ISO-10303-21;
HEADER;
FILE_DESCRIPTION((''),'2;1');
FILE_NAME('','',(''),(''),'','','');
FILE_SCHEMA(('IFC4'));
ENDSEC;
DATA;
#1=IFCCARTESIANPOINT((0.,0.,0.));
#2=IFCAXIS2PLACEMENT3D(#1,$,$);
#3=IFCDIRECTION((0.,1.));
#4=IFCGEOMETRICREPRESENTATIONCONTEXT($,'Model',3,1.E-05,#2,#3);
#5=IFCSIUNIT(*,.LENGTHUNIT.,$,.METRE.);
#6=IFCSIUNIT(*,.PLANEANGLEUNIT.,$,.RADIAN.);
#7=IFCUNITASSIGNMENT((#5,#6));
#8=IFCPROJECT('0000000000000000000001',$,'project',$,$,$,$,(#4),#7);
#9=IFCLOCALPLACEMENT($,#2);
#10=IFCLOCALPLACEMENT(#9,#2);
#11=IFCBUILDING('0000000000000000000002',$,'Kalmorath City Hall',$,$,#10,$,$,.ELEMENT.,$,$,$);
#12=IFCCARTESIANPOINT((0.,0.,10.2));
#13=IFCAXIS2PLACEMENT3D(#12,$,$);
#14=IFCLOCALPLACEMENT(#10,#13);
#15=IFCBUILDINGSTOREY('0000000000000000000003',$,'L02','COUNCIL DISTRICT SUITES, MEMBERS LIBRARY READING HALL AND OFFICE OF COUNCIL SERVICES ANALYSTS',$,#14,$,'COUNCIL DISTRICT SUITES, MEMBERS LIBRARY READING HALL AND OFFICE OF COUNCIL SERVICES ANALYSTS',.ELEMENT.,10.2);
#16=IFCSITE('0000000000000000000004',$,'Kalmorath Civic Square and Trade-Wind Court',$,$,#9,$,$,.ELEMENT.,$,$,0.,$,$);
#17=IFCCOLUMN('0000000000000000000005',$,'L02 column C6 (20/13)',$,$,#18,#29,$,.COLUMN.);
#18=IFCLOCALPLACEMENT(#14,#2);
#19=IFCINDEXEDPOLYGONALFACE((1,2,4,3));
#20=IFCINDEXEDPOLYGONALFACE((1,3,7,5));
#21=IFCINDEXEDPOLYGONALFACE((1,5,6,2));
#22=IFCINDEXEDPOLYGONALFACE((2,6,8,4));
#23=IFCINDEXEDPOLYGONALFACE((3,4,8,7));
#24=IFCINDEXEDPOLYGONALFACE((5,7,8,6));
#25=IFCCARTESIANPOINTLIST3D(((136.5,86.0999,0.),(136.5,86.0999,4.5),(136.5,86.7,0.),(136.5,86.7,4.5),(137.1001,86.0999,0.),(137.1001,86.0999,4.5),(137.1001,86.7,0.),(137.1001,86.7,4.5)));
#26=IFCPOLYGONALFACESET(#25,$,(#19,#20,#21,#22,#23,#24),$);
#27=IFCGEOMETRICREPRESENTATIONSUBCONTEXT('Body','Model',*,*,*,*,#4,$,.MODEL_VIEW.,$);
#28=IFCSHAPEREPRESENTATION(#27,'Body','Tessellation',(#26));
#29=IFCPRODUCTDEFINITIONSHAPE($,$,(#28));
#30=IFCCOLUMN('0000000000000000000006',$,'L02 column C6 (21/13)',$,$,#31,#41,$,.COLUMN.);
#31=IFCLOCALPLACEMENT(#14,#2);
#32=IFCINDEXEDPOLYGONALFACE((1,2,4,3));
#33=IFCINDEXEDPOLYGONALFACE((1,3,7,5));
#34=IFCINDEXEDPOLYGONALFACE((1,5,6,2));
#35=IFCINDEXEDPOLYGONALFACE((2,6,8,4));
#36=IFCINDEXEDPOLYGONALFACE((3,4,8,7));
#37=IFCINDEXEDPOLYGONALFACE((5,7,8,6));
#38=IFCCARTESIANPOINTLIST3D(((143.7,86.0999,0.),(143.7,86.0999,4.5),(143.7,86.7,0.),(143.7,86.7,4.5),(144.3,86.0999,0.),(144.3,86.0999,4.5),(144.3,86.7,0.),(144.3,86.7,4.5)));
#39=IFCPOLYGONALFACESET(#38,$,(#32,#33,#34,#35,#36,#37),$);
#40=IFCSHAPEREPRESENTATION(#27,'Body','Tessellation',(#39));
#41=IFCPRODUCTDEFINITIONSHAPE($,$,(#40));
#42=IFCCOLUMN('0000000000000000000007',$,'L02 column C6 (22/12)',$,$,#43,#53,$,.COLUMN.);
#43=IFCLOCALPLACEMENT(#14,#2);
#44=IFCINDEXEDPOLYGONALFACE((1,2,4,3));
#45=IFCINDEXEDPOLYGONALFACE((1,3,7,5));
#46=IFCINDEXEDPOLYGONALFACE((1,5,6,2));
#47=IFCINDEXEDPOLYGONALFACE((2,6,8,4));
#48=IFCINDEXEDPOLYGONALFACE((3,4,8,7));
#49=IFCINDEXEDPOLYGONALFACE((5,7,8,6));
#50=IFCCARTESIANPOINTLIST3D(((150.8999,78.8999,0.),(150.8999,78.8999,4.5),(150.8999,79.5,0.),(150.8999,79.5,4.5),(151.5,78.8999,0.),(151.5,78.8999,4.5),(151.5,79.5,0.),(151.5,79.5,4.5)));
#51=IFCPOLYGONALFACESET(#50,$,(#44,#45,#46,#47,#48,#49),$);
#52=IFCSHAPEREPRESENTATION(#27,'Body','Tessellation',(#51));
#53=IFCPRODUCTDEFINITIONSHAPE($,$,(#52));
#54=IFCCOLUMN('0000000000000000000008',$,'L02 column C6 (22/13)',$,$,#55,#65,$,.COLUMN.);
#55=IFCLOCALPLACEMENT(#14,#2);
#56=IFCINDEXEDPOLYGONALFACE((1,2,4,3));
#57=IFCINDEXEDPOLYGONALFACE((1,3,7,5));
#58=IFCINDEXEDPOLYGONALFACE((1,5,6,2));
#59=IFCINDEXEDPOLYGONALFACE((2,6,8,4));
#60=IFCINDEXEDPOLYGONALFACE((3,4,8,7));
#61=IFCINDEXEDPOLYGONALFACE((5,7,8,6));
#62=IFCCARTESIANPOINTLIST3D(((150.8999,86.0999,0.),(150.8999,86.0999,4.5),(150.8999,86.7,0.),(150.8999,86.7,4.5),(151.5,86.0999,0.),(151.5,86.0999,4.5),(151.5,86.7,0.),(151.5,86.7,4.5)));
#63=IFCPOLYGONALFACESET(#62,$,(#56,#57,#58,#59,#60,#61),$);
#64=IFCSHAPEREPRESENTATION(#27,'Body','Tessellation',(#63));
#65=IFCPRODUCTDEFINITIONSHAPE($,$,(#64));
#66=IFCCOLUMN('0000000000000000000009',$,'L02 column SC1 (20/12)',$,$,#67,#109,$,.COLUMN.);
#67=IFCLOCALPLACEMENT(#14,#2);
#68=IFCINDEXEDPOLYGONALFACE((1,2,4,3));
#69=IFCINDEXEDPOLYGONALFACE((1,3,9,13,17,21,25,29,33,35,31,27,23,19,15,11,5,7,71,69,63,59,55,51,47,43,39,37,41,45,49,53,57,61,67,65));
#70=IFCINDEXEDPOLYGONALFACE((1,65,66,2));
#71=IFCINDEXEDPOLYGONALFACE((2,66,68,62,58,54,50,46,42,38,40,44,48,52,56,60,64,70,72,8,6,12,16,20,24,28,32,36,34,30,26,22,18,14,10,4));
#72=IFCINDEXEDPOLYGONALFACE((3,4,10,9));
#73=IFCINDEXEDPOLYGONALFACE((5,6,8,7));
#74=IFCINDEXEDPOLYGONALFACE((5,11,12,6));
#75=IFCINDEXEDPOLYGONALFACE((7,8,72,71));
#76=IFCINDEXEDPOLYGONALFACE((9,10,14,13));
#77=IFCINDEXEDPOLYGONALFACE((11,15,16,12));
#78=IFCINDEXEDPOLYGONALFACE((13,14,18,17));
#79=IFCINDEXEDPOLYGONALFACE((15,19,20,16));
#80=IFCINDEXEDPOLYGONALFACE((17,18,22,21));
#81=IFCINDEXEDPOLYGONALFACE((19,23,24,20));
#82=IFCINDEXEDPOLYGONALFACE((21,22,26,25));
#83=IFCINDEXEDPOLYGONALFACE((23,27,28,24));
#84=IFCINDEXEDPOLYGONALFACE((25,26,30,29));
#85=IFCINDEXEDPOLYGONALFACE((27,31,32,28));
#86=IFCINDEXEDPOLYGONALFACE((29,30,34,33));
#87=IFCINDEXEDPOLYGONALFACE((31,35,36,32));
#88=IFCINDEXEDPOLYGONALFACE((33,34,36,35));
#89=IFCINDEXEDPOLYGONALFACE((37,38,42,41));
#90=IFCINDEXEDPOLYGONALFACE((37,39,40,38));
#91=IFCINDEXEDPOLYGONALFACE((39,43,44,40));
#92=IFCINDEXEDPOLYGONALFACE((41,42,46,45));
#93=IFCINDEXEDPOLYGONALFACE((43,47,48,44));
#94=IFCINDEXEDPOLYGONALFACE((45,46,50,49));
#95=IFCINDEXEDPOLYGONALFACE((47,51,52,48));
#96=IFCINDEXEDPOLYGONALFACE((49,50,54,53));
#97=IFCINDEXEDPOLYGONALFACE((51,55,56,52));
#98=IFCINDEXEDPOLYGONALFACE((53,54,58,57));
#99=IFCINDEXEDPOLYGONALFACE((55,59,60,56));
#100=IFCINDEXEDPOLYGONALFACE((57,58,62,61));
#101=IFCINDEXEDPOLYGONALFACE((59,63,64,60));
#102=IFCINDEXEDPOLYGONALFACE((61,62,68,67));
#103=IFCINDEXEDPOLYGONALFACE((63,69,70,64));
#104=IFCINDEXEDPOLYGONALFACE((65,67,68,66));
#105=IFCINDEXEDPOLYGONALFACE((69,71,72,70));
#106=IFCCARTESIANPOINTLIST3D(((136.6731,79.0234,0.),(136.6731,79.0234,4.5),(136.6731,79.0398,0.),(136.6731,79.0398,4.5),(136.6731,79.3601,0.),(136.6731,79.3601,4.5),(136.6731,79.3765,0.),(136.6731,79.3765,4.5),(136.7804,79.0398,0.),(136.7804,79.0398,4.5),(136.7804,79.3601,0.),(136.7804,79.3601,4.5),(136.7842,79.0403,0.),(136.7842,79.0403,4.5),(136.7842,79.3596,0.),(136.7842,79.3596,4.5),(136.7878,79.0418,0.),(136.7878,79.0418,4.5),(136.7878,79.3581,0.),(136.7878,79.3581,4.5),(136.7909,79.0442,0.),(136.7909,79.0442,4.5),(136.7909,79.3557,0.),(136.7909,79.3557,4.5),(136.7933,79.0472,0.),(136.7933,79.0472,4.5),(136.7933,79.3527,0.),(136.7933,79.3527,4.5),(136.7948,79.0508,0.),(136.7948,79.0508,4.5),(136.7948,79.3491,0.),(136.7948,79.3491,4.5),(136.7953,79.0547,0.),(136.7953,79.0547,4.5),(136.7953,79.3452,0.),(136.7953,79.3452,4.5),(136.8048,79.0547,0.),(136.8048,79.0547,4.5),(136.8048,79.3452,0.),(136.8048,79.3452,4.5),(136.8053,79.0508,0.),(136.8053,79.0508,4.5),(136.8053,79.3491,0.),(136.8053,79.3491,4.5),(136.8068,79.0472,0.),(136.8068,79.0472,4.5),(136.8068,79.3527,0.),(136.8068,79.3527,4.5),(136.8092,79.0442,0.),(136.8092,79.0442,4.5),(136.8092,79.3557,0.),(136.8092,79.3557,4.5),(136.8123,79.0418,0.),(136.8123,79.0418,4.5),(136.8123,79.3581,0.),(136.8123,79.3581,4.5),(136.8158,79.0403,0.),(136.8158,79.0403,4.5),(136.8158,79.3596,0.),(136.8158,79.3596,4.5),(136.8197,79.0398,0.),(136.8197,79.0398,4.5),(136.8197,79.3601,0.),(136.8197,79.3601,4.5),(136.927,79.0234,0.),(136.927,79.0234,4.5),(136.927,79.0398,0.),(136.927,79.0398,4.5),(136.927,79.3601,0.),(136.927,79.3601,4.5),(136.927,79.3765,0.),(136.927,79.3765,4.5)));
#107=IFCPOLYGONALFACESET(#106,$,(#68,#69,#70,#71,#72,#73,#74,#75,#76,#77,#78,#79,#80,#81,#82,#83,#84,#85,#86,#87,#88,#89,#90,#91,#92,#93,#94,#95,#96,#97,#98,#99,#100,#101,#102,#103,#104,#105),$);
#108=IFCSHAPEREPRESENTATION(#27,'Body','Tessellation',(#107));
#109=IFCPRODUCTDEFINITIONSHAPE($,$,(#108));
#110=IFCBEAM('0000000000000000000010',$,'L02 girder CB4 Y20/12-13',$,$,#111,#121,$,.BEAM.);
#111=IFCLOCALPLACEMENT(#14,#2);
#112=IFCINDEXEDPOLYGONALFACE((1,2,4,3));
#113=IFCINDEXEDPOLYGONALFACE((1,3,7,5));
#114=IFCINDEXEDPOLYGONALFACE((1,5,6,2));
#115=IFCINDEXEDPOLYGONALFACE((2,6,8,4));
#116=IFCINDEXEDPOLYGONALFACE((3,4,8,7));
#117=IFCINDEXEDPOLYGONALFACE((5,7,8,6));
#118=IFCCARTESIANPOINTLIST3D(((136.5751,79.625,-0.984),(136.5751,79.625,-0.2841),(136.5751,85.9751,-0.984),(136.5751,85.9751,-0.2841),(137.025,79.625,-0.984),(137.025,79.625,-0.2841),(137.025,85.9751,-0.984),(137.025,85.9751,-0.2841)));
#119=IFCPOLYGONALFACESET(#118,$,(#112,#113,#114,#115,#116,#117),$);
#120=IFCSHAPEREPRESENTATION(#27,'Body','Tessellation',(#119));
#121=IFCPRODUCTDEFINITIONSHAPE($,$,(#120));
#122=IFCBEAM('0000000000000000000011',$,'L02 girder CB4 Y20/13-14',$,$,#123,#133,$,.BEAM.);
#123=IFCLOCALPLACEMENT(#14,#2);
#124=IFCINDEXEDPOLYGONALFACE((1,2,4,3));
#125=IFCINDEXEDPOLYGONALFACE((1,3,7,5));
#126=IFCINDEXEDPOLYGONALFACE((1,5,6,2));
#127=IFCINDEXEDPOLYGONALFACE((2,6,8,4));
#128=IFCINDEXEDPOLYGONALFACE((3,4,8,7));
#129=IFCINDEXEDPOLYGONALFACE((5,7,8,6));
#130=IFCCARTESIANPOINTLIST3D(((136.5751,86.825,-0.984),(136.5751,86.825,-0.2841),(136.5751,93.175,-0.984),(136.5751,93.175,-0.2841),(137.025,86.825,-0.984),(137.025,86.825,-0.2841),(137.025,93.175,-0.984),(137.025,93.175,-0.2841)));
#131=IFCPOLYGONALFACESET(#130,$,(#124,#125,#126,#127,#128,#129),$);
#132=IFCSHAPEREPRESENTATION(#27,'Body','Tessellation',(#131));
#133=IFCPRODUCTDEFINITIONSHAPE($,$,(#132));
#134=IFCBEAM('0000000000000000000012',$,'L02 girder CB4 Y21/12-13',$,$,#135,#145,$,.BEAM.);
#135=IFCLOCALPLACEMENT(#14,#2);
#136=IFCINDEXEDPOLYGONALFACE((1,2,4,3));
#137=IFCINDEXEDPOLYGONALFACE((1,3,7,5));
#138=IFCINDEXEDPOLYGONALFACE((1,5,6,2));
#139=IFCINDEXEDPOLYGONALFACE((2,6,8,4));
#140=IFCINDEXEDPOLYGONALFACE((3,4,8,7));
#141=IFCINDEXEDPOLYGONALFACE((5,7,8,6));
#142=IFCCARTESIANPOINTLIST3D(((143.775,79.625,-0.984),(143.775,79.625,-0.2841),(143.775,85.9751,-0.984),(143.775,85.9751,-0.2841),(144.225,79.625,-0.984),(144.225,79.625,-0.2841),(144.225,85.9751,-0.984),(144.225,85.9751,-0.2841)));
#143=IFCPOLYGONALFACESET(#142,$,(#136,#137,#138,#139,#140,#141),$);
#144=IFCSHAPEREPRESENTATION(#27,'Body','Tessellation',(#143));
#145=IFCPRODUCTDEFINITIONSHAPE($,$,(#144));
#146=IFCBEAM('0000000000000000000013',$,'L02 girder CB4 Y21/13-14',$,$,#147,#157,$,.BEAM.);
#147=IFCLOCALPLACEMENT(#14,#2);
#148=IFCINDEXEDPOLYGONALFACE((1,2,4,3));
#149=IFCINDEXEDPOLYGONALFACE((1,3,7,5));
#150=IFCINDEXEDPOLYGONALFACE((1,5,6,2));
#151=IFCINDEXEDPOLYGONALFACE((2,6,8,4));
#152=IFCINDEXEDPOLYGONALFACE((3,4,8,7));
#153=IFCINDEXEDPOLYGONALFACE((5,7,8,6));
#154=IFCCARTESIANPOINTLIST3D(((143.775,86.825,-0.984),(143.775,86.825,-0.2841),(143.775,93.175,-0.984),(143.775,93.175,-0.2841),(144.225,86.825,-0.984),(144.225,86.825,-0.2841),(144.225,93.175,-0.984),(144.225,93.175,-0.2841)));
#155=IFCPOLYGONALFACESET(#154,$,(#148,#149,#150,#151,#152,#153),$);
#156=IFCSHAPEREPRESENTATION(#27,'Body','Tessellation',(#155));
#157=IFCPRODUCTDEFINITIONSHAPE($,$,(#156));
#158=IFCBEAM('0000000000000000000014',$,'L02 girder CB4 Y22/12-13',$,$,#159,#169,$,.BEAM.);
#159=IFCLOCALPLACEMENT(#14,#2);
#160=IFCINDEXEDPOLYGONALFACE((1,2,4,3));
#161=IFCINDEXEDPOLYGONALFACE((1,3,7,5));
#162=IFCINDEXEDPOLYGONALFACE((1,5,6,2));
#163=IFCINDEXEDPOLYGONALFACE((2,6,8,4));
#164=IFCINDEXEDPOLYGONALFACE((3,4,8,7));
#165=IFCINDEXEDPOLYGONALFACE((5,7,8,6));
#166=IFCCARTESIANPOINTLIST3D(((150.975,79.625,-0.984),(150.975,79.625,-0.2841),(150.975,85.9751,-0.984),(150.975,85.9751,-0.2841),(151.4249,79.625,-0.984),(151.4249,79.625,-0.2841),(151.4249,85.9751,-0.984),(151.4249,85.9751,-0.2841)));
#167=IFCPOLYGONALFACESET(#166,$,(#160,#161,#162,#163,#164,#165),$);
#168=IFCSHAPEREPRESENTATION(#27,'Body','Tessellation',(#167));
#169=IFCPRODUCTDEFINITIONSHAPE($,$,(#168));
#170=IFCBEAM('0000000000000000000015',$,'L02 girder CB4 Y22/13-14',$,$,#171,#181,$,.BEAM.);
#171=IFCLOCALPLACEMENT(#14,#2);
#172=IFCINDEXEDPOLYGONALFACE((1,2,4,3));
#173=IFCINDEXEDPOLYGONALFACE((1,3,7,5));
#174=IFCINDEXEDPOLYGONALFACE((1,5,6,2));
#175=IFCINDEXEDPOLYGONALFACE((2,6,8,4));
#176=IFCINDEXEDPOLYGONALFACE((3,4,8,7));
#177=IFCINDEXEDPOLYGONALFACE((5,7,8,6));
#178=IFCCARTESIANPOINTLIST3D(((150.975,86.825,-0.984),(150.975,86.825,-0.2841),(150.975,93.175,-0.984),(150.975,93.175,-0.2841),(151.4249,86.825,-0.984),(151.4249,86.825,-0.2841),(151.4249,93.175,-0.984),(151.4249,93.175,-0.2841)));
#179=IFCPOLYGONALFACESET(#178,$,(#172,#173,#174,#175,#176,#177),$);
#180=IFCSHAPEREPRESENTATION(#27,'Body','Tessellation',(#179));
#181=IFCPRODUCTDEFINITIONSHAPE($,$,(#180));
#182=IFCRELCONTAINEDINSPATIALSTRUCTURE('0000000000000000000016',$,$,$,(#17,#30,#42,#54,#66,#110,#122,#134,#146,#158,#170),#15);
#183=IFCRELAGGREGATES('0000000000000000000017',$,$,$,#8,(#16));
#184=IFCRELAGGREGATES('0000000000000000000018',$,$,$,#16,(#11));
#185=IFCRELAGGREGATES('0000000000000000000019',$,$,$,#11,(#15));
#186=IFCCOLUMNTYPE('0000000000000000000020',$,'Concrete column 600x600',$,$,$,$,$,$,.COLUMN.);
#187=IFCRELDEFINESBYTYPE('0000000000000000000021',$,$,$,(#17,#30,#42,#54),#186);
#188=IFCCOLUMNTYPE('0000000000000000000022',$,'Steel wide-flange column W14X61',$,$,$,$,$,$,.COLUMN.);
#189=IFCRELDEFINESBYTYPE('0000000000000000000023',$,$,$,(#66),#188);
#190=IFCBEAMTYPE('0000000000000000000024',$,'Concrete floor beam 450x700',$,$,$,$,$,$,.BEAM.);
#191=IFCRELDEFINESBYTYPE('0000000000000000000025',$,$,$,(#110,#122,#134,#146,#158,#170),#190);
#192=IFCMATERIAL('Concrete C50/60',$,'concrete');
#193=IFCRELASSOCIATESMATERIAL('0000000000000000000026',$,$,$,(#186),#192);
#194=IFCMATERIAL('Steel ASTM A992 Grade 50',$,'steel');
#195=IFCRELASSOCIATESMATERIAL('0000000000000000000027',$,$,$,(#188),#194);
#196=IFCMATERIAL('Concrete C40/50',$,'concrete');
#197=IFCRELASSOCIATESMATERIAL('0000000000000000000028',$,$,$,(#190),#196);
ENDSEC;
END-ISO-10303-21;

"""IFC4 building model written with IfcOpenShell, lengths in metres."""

from ifc_helpers import new_model, si_unit, direction, frame, origin, origin_2d, place, context, subcontext, project, spatial, rectangle, i_section, extrude, material, material_profile, profile_set, type_object, element, save


model = new_model("IFC4")

# Units and contexts
model_context = context("Model", 3, precision=1e-05, world=origin(), true_north=direction((0.0, 1.0)))
body_context = subcontext(model_context, "Body", "Model", "MODEL_VIEW")
ifc_project = project(units=[si_unit("LENGTHUNIT", "METRE"), si_unit("PLANEANGLEUNIT", "RADIAN")], contexts=[model_context])

# Site, building, storey
site_placement = place(None, origin())
site = spatial("IfcSite", under=ifc_project, at=site_placement, Name="Kalmorath Civic Square and Trade-Wind Court", CompositionType="ELEMENT", RefElevation=0.0)
building_placement = place(site_placement, origin())
building = spatial("IfcBuilding", under=site, at=building_placement, Name="Kalmorath City Hall", CompositionType="ELEMENT")
storey_placement = place(building_placement, frame((0.0, 0.0, 10.2)))
storey = spatial("IfcBuildingStorey", under=building, at=storey_placement, Name="L02", Description="COUNCIL DISTRICT SUITES, MEMBERS LIBRARY READING HALL AND OFFICE OF COUNCIL SERVICES ANALYSTS", LongName="COUNCIL DISTRICT SUITES, MEMBERS LIBRARY READING HALL AND OFFICE OF COUNCIL SERVICES ANALYSTS", CompositionType="ELEMENT", Elevation=10.2)

# Columns
ifc_material_1 = material(Name="Concrete C50/60", Category="concrete")
ifc_material_profile_1 = material_profile(ifc_material_1, rectangle(XDim=0.6001, YDim=0.6001, at=origin_2d()), Name="RC-COL-600X600")
ifc_profile_set_1 = profile_set([ifc_material_profile_1], Name="Concrete C50/60")
column_type_1 = type_object("IfcColumnType", Name="Concrete column 600x600", PredefinedType="COLUMN", material=ifc_profile_set_1)
for number, where, z_axis, x_axis, name in (
    (1, (136.8, 86.3999, 0.0), (0.0, 0.0, 1.0), (1.0, 0.0, 0.0), "L02 column C6 (20/13)"),
    (2, (144.0, 86.3999, 0.0), (0.0, 0.0, 1.0), (1.0, 0.0, 0.0), "L02 column C6 (21/13)"),
    (3, (151.2, 79.2, 0.0), (0.0, 0.0, 1.0), (1.0, 0.0, 0.0), "L02 column C6 (22/12)"),
    (4, (151.2, 86.3999, 0.0), (0.0, 0.0, 1.0), (1.0, 0.0, 0.0), "L02 column C6 (22/13)"),
):
    element("IfcColumn", number, at=place(storey_placement, frame(where, z_axis=z_axis, x_axis=x_axis)), inside=storey, type_object=column_type_1, Name=name, PredefinedType="COLUMN", context=body_context, shape_type="SweptSolid", body=[
        extrude(rectangle(XDim=0.6001, YDim=0.6001, at=origin_2d()), origin(), (0.0, 0.0, 1.0), 4.5),
    ])
ifc_material_2 = material(Name="Steel ASTM A992 Grade 50", Category="steel")
ifc_material_profile_2 = material_profile(ifc_material_2, i_section(OverallWidth=0.2539, OverallDepth=0.353, WebThickness=0.0095, FlangeThickness=0.0164, FilletRadius=0.0149, at=origin_2d()), Name="W14X61")
ifc_profile_set_2 = profile_set([ifc_material_profile_2], Name="Steel ASTM A992 Grade 50")
column_type_2 = type_object("IfcColumnType", Name="Steel wide-flange column W14X61", PredefinedType="COLUMN", material=ifc_profile_set_2)
column_placement = place(storey_placement, frame((136.8, 79.2, 0.0), z_axis=(0.0, 0.0, 1.0), x_axis=(1.0, 0.0, 0.0)))
element("IfcColumn", 5, at=column_placement, inside=storey, type_object=column_type_2, Name="L02 column SC1 (20/12)", PredefinedType="COLUMN", context=body_context, shape_type="SweptSolid", body=[
    extrude(i_section(OverallWidth=0.2539, OverallDepth=0.353, WebThickness=0.0095, FlangeThickness=0.0164, FilletRadius=0.0149, at=origin_2d()), origin(), (0.0, 0.0, 1.0), 4.5),
])

# Beams
ifc_material_3 = material(Name="Concrete C40/50", Category="concrete")
ifc_material_profile_3 = material_profile(ifc_material_3, rectangle(XDim=0.45, YDim=0.7, at=origin_2d()), Name="RC-BM-450X700")
ifc_profile_set_3 = profile_set([ifc_material_profile_3], Name="Concrete C40/50")
beam_type_1 = type_object("IfcBeamType", Name="Concrete floor beam 450x700", PredefinedType="BEAM", material=ifc_profile_set_3)
for number, where, z_axis, x_axis, name in (
    (6, (136.8, 79.625, -0.634), (0.0, 1.0, 0.0), (-1.0, 0.0, 0.0), "L02 girder CB4 Y20/12-13"),
    (7, (136.8, 86.825, -0.634), (0.0, 1.0, 0.0), (-1.0, 0.0, 0.0), "L02 girder CB4 Y20/13-14"),
    (8, (144.0, 79.625, -0.634), (0.0, 1.0, 0.0), (-1.0, 0.0, 0.0), "L02 girder CB4 Y21/12-13"),
    (9, (144.0, 86.825, -0.634), (0.0, 1.0, 0.0), (-1.0, 0.0, 0.0), "L02 girder CB4 Y21/13-14"),
    (10, (151.2, 79.625, -0.634), (0.0, 1.0, 0.0), (-1.0, 0.0, 0.0), "L02 girder CB4 Y22/12-13"),
    (11, (151.2, 86.825, -0.634), (0.0, 1.0, 0.0), (-1.0, 0.0, 0.0), "L02 girder CB4 Y22/13-14"),
):
    element("IfcBeam", number, at=place(storey_placement, frame(where, z_axis=z_axis, x_axis=x_axis)), inside=storey, type_object=beam_type_1, Name=name, PredefinedType="BEAM", context=body_context, shape_type="SweptSolid", body=[
        extrude(rectangle(XDim=0.45, YDim=0.7, at=origin_2d()), origin(), (0.0, 0.0, 1.0), 6.3501),
    ])

save(model, "model.ifc")
